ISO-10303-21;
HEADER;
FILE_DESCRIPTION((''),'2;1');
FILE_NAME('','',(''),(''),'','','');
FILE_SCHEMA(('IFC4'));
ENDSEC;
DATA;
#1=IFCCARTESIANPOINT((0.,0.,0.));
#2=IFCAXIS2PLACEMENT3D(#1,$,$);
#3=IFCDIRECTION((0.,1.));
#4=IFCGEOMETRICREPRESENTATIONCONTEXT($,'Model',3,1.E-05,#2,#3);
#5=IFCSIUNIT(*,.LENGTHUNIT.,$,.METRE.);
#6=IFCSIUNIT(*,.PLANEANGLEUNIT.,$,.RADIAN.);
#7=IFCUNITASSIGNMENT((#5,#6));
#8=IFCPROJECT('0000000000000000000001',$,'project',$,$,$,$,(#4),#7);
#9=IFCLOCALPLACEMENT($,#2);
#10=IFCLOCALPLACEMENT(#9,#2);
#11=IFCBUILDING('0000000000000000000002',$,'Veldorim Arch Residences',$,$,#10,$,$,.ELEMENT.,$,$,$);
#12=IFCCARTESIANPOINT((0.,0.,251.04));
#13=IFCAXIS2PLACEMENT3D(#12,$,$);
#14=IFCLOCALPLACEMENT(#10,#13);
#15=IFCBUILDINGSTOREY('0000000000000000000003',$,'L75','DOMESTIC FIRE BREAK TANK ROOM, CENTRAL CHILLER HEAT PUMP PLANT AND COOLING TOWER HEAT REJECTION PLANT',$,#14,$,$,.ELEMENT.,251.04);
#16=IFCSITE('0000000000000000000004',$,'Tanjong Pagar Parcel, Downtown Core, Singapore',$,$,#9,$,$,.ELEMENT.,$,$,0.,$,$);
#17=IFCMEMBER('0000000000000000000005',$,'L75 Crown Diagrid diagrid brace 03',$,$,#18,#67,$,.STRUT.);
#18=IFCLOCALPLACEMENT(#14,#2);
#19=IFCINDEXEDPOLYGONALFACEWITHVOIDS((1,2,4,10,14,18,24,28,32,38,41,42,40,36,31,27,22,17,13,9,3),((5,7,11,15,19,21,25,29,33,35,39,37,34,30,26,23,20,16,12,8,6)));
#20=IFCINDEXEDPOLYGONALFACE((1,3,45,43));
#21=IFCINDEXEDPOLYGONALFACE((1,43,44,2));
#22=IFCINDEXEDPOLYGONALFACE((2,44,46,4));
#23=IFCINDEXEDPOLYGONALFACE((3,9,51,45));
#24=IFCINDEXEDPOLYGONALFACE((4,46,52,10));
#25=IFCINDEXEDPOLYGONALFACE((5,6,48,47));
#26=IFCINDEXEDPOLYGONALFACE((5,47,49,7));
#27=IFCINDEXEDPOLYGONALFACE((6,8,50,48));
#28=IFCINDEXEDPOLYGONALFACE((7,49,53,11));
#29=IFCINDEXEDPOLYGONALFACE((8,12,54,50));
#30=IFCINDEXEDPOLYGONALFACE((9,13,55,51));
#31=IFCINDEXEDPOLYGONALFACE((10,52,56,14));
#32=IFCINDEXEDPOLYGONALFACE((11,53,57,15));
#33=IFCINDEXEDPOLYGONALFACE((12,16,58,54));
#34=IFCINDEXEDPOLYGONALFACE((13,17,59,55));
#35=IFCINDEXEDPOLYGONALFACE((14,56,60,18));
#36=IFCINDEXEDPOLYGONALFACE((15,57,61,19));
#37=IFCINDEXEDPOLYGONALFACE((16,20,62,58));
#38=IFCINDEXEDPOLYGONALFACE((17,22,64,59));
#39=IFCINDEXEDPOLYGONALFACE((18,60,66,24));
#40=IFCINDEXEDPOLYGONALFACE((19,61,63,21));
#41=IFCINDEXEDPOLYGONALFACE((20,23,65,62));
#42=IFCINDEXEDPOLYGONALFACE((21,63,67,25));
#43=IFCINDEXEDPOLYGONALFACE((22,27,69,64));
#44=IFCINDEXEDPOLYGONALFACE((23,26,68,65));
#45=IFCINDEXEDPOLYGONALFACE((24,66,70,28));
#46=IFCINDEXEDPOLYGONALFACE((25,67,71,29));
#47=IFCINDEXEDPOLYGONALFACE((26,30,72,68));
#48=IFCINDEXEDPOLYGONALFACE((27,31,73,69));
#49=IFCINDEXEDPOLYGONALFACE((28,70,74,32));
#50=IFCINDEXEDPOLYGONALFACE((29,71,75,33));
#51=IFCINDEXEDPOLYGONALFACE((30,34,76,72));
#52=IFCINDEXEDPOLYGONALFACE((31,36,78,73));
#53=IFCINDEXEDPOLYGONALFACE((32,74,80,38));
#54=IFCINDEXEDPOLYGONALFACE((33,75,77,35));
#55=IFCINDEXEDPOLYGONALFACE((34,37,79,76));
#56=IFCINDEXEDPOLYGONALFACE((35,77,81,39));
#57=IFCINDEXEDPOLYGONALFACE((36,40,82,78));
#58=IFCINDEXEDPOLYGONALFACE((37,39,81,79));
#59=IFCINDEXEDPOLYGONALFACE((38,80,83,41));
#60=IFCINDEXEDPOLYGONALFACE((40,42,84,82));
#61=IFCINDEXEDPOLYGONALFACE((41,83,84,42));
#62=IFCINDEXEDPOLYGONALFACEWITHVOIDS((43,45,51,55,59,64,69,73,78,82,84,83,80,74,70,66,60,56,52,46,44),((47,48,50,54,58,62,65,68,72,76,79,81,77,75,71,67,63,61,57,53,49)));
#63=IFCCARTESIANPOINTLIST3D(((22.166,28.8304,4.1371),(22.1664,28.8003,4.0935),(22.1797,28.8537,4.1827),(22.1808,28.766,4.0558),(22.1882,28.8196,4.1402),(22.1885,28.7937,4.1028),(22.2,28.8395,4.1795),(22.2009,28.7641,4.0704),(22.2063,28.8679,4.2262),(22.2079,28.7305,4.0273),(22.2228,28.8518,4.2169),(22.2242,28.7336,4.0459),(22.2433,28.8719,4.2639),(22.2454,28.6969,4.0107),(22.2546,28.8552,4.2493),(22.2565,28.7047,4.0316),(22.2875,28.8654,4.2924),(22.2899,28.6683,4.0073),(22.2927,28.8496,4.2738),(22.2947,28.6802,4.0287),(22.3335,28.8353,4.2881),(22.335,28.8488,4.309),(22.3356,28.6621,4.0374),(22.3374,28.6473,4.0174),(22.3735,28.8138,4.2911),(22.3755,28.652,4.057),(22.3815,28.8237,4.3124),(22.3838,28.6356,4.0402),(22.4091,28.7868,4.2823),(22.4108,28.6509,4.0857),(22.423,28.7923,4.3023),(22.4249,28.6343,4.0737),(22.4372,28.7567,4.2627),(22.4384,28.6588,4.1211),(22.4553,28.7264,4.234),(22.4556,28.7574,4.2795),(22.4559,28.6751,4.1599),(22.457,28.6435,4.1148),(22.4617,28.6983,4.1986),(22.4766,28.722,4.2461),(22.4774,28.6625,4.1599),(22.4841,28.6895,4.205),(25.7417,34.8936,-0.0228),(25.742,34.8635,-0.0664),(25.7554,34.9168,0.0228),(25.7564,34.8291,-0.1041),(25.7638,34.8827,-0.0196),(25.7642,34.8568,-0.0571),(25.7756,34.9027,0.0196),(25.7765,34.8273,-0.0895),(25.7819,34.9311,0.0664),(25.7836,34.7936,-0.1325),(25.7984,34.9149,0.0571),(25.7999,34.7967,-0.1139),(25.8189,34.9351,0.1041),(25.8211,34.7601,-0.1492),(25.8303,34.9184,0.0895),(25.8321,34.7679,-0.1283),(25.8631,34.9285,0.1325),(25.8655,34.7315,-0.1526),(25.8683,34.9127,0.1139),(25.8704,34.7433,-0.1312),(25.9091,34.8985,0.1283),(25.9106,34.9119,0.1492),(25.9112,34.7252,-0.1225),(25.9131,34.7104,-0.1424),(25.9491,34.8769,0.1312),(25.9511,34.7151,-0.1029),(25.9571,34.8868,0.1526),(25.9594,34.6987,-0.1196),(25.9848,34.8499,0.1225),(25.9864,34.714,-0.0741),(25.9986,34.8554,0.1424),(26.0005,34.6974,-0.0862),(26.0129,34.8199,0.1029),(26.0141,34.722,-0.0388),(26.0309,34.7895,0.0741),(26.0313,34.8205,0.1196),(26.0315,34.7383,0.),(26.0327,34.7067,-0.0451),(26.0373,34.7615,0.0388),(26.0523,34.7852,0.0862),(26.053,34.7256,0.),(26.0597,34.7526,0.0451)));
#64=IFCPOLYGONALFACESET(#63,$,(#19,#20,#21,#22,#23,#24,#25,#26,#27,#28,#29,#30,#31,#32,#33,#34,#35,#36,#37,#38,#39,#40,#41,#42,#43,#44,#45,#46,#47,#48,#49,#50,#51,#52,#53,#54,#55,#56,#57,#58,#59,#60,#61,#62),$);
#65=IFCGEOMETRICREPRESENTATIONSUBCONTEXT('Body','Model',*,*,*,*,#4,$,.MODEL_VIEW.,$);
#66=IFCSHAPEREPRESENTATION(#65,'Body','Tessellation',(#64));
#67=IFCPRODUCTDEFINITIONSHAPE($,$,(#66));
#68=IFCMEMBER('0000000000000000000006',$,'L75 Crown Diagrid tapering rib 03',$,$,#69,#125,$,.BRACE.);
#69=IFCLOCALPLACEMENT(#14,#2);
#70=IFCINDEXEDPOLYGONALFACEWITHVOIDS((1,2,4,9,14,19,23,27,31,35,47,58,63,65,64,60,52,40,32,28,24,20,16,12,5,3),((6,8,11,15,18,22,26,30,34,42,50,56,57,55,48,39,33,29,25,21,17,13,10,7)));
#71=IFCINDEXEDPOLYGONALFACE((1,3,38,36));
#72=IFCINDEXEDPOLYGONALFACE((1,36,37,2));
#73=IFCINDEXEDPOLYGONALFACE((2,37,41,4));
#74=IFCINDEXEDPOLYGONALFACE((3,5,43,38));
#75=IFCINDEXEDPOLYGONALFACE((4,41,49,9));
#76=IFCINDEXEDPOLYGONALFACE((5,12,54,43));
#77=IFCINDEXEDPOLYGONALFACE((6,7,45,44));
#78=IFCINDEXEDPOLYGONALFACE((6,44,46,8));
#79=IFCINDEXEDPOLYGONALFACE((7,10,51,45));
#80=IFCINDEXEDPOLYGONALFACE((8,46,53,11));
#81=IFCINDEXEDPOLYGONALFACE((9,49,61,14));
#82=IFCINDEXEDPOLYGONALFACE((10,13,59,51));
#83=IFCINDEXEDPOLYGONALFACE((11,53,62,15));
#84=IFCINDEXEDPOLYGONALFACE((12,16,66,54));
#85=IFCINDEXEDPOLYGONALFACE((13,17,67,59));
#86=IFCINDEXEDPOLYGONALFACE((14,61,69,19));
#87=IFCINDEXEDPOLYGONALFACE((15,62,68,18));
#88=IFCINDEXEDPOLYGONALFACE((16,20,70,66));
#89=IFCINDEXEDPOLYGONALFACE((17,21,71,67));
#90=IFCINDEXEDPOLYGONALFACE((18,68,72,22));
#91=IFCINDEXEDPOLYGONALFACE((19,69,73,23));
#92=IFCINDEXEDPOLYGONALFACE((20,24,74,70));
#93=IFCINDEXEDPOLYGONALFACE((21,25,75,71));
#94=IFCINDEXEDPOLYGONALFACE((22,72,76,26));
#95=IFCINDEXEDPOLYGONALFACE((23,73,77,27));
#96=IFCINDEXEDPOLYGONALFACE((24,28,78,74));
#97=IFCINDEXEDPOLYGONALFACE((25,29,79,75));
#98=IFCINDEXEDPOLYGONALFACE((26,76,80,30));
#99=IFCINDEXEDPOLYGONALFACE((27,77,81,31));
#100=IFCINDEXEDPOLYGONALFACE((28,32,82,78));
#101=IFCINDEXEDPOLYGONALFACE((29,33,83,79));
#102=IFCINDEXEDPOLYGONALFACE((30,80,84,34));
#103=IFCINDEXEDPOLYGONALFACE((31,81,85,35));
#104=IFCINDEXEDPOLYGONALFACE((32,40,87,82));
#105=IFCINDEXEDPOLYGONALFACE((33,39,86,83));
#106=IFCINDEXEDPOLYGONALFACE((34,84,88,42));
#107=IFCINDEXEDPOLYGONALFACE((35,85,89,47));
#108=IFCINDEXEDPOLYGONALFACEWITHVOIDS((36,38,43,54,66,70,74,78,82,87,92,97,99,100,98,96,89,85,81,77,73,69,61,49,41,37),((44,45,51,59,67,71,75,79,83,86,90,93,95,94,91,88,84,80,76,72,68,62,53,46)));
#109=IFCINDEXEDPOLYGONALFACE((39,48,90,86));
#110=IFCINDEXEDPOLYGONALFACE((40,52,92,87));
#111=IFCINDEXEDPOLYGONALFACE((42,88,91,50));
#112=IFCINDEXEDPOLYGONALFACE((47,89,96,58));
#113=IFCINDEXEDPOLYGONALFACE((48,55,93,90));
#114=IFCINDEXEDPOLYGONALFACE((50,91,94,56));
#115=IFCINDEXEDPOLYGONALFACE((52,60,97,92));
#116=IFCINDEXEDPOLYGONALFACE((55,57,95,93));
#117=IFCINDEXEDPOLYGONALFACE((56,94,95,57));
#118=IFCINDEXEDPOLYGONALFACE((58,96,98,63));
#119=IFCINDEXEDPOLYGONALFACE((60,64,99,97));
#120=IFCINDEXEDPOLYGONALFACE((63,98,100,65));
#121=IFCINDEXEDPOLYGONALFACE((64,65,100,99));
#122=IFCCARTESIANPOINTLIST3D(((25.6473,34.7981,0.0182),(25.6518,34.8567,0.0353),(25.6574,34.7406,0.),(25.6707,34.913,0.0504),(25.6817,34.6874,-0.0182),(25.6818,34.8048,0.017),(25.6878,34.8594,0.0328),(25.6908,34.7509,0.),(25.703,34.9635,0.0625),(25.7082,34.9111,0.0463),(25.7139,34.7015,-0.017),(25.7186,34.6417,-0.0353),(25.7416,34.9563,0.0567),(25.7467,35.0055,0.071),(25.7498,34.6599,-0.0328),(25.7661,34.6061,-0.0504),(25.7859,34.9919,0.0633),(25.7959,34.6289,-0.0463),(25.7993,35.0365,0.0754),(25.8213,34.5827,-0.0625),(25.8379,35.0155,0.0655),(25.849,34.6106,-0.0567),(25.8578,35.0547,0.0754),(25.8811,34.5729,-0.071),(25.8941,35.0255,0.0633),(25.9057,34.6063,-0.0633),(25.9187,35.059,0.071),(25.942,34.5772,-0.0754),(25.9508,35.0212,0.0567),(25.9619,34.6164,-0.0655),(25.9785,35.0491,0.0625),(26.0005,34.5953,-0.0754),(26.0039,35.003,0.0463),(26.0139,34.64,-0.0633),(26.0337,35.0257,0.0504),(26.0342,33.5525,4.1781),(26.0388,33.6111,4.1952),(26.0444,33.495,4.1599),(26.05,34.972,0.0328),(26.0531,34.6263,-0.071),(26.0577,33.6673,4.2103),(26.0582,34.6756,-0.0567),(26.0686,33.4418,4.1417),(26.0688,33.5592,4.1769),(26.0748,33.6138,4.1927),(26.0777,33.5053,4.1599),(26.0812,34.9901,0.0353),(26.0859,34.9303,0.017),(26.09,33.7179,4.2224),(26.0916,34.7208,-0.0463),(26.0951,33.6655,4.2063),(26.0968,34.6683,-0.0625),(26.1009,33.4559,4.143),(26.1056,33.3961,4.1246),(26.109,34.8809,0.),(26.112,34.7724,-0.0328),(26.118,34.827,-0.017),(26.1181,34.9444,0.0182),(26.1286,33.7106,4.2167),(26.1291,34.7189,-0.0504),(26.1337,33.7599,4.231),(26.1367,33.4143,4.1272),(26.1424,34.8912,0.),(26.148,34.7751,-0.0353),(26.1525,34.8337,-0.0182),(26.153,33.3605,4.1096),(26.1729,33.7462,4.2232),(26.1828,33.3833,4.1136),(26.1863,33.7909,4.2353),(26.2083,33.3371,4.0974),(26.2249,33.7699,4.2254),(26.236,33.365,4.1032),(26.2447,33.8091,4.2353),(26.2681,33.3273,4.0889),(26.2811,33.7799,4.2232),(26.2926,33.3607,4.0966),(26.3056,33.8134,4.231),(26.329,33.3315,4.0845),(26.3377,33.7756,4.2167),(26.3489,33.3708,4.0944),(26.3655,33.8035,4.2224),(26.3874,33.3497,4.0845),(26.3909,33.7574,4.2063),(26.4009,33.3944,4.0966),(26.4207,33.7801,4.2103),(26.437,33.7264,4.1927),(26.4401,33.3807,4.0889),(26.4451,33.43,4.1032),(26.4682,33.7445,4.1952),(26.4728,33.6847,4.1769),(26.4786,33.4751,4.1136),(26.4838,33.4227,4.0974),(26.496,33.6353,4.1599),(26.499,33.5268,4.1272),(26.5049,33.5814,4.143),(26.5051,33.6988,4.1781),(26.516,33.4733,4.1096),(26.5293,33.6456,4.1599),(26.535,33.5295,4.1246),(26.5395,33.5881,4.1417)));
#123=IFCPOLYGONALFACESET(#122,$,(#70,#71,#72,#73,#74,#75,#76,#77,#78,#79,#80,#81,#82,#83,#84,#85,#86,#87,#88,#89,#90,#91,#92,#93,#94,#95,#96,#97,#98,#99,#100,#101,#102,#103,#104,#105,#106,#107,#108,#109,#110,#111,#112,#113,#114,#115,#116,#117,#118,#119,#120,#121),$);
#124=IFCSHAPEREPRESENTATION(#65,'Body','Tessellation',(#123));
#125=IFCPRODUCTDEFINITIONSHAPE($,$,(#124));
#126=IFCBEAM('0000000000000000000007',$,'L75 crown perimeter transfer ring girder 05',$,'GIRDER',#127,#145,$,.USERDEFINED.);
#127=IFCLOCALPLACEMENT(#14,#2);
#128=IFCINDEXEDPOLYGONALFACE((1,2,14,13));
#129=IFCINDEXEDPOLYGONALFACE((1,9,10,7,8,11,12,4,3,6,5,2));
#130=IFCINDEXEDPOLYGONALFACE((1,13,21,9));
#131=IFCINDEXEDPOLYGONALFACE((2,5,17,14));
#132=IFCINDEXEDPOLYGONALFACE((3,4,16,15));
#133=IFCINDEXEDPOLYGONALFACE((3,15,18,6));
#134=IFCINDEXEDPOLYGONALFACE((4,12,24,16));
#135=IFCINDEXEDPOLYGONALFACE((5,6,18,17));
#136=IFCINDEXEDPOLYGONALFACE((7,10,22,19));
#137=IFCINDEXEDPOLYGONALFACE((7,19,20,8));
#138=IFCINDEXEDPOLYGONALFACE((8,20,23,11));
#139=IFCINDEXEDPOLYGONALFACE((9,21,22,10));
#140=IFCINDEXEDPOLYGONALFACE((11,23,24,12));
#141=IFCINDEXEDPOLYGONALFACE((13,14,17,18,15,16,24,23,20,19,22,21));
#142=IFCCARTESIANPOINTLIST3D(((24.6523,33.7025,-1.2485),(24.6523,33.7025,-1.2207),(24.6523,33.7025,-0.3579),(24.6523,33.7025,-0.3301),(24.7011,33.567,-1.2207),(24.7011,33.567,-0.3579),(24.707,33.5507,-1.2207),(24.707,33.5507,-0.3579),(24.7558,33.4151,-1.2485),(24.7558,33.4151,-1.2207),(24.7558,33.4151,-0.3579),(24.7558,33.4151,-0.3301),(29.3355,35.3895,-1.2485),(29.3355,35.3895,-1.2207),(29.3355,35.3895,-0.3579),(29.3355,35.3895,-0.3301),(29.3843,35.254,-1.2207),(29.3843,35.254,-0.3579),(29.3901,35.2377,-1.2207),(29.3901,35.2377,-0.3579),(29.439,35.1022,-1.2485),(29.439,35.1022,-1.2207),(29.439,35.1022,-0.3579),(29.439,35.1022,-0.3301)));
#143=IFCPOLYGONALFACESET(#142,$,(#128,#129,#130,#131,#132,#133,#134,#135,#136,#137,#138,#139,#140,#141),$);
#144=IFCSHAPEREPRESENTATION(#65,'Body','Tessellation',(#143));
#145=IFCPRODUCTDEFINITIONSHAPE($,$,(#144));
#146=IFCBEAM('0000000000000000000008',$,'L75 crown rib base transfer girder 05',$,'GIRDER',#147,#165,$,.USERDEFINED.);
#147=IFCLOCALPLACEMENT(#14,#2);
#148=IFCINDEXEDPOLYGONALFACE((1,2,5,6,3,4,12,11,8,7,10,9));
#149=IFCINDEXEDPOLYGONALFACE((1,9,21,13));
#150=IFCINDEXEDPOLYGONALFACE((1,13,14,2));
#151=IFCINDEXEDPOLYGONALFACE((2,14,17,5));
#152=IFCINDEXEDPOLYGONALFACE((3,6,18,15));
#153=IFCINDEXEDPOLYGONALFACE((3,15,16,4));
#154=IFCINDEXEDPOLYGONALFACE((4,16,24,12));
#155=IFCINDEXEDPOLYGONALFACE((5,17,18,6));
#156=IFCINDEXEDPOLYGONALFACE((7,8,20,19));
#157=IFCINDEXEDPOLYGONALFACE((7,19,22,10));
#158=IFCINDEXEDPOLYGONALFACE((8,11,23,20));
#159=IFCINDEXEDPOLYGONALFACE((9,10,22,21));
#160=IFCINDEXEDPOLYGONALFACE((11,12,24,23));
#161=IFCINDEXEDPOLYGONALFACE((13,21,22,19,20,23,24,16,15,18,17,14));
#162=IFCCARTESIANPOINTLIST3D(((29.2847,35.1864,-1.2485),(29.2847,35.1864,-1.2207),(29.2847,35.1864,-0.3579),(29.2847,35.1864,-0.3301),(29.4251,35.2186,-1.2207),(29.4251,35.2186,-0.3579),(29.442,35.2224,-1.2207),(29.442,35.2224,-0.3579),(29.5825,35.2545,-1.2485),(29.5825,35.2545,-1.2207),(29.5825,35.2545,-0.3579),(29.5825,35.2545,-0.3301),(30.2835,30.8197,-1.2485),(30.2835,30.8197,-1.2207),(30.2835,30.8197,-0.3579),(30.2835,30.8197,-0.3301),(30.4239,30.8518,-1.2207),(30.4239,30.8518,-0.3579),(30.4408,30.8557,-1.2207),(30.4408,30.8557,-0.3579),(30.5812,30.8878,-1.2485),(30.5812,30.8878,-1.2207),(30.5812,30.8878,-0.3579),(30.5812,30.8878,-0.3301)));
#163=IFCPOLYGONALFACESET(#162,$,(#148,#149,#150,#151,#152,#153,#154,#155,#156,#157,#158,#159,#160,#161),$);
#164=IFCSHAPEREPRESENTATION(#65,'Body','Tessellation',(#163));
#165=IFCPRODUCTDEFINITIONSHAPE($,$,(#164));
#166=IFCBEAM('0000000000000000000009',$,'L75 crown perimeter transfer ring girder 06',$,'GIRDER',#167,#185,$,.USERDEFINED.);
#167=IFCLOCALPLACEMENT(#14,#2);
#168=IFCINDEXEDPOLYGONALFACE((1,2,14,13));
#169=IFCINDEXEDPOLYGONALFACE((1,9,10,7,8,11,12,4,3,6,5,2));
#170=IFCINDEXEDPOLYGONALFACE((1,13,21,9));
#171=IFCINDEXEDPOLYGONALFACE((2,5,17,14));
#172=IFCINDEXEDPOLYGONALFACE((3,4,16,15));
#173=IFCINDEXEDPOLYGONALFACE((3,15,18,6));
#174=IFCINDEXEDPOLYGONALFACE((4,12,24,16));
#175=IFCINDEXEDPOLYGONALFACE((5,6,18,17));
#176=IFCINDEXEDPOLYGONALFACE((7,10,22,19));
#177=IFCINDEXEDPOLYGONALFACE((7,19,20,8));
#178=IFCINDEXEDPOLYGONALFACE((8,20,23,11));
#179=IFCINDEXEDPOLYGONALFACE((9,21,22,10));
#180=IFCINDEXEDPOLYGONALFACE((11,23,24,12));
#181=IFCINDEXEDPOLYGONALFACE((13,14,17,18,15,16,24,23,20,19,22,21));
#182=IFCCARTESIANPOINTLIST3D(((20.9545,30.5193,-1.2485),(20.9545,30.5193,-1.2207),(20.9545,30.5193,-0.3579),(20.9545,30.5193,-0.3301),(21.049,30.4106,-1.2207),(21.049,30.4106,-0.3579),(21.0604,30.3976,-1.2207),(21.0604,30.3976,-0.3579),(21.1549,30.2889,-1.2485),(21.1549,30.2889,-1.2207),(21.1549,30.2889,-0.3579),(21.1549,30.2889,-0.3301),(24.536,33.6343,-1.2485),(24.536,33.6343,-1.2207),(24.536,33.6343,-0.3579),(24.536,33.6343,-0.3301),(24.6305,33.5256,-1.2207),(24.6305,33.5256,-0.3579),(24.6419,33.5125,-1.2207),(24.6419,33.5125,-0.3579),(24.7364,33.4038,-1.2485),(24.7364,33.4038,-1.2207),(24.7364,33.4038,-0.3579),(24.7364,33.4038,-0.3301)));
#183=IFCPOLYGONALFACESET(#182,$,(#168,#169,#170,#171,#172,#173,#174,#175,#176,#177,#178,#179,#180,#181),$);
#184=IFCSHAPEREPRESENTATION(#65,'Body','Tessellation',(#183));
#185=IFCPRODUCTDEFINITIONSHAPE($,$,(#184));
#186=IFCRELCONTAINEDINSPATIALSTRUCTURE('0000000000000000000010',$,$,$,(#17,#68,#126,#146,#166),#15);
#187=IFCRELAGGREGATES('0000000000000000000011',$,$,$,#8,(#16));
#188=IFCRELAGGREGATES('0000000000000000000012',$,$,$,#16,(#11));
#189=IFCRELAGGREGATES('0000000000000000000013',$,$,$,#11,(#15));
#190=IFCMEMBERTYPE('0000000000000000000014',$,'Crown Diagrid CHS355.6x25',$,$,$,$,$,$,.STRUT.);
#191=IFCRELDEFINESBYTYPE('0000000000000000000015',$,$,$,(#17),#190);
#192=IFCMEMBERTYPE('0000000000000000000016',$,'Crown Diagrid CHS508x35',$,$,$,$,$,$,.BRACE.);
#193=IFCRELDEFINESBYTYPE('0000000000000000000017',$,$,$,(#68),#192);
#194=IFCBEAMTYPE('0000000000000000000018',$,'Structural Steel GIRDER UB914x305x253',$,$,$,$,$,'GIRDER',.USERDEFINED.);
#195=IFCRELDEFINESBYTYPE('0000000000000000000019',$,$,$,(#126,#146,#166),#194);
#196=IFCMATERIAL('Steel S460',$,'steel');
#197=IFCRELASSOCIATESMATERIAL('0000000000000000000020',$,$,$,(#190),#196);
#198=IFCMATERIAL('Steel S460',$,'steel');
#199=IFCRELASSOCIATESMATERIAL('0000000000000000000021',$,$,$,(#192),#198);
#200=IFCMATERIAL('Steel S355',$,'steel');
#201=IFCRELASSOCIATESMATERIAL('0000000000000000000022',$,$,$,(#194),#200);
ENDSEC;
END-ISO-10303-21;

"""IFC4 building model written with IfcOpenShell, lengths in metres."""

from ifc_helpers import new_model, si_unit, direction, frame, origin, origin_2d, place, context, subcontext, project, spatial, hollow_circle, i_section, extrude, material, material_profile, profile_set, type_object, element, save


model = new_model("IFC4")

# Units and contexts
model_context = context("Model", 3, precision=1e-05, world=origin(), true_north=direction((0.0, 1.0)))
body_context = subcontext(model_context, "Body", "Model", "MODEL_VIEW")
ifc_project = project(units=[si_unit("LENGTHUNIT", "METRE"), si_unit("PLANEANGLEUNIT", "RADIAN")], contexts=[model_context])

# Site, building, storey
site_placement = place(None, origin())
site = spatial("IfcSite", under=ifc_project, at=site_placement, Name="Tanjong Pagar Parcel, Downtown Core, Singapore", CompositionType="ELEMENT", RefElevation=0.0)
building_placement = place(site_placement, origin())
building = spatial("IfcBuilding", under=site, at=building_placement, Name="Veldorim Arch Residences", CompositionType="ELEMENT")
storey_placement = place(building_placement, frame((0.0, 0.0, 251.04)))
storey = spatial("IfcBuildingStorey", under=building, at=storey_placement, Name="L75", Description="DOMESTIC FIRE BREAK TANK ROOM, CENTRAL CHILLER HEAT PUMP PLANT AND COOLING TOWER HEAT REJECTION PLANT", CompositionType="ELEMENT", Elevation=251.04)

# Members
ifc_material_1 = material(Name="Steel S460", Category="steel")
ifc_material_profile_1 = material_profile(ifc_material_1, hollow_circle(Radius=0.1777, WallThickness=0.0249, at=origin_2d()), Name="CHS355.6x25")
ifc_profile_set_1 = profile_set([ifc_material_profile_1], Name="Steel S460")
member_type_1 = type_object("IfcMemberType", Name="Crown Diagrid CHS355.6x25", PredefinedType="STRUT", material=ifc_profile_set_1)
member_1_placement = place(storey_placement, frame((25.8999, 34.8159, 0.0), z_axis=(-0.437319, -0.741555, 0.508772), x_axis=(0.86137, -0.507978, 0.0)))
element("IfcMember", 1, at=member_1_placement, inside=storey, type_object=member_type_1, Name="L75 Crown Diagrid diagrid brace 03", PredefinedType="STRUT", context=body_context, shape_type="SweptSolid", body=[
    extrude(hollow_circle(Radius=0.1777, WallThickness=0.0249, at=origin_2d()), origin(), (0.0, 0.0, 1.0), 8.1763),
])
ifc_material_2 = material(Name="Steel S460", Category="steel")
ifc_material_profile_2 = material_profile(ifc_material_2, hollow_circle(Radius=0.2539, WallThickness=0.0349, at=origin_2d()), Name="CHS508x35")
ifc_profile_set_2 = profile_set([ifc_material_profile_2], Name="Steel S460")
member_type_2 = type_object("IfcMemberType", Name="Crown Diagrid CHS508x35", PredefinedType="BRACE", material=ifc_profile_set_2)
member_2_placement = place(storey_placement, frame((25.8999, 34.8159, 0.0), z_axis=(0.088761, -0.285715, 0.954195), x_axis=(0.954978, 0.296676, 0.0)))
element("IfcMember", 2, at=member_2_placement, inside=storey, type_object=member_type_2, Name="L75 Crown Diagrid tapering rib 03", PredefinedType="BRACE", context=body_context, shape_type="SweptSolid", body=[
    extrude(hollow_circle(Radius=0.2539, WallThickness=0.0349, at=origin_2d()), origin(), (0.0, 0.0, 1.0), 4.3596),
])

# Beams
ifc_material_3 = material(Name="Steel S355", Category="steel")
ifc_material_profile_3 = material_profile(ifc_material_3, i_section(OverallWidth=0.3054, OverallDepth=0.9185, WebThickness=0.0173, FlangeThickness=0.0278, at=origin_2d()), Name="UB914x305x253")
ifc_profile_set_3 = profile_set([ifc_material_profile_3], Name="Steel S355")
beam_type = type_object("IfcBeamType", Name="Structural Steel GIRDER UB914x305x253", ElementType="GIRDER", PredefinedType="USERDEFINED", material=ifc_profile_set_3)
beam_1_placement = place(storey_placement, frame((29.3872, 35.2458, -0.7893), z_axis=(-0.940817, -0.338914, 0.0), x_axis=(0.338914, -0.940817, 0.0)))
element("IfcBeam", 3, at=beam_1_placement, inside=storey, type_object=beam_type, Name="L75 crown perimeter transfer ring girder 05", ObjectType="GIRDER", PredefinedType="USERDEFINED", context=body_context, shape_type="SweptSolid", body=[
    extrude(i_section(OverallWidth=0.3054, OverallDepth=0.9185, WebThickness=0.0173, FlangeThickness=0.0278, at=origin_2d()), origin(), (0.0, 0.0, 1.0), 4.9778),
])
beam_2_placement = place(storey_placement, frame((30.4324, 30.8538, -0.7893), z_axis=(-0.222968, 0.974826, 0.0), x_axis=(-0.974826, -0.222968, 0.0)))
element("IfcBeam", 4, at=beam_2_placement, inside=storey, type_object=beam_type, Name="L75 crown rib base transfer girder 05", ObjectType="GIRDER", PredefinedType="USERDEFINED", context=body_context, shape_type="SweptSolid", body=[
    extrude(i_section(OverallWidth=0.3054, OverallDepth=0.9185, WebThickness=0.0173, FlangeThickness=0.0278, at=origin_2d()), origin(), (0.0, 0.0, 1.0), 4.4795),
])
beam_3_placement = place(storey_placement, frame((24.6362, 33.519, -0.7893), z_axis=(-0.754542, -0.656251, 0.0), x_axis=(0.656251, -0.754542, 0.0)))
element("IfcBeam", 5, at=beam_3_placement, inside=storey, type_object=beam_type, Name="L75 crown perimeter transfer ring girder 06", ObjectType="GIRDER", PredefinedType="USERDEFINED", context=body_context, shape_type="SweptSolid", body=[
    extrude(i_section(OverallWidth=0.3054, OverallDepth=0.9185, WebThickness=0.0173, FlangeThickness=0.0278, at=origin_2d()), origin(), (0.0, 0.0, 1.0), 4.7466),
])

save(model, "model.ifc")
